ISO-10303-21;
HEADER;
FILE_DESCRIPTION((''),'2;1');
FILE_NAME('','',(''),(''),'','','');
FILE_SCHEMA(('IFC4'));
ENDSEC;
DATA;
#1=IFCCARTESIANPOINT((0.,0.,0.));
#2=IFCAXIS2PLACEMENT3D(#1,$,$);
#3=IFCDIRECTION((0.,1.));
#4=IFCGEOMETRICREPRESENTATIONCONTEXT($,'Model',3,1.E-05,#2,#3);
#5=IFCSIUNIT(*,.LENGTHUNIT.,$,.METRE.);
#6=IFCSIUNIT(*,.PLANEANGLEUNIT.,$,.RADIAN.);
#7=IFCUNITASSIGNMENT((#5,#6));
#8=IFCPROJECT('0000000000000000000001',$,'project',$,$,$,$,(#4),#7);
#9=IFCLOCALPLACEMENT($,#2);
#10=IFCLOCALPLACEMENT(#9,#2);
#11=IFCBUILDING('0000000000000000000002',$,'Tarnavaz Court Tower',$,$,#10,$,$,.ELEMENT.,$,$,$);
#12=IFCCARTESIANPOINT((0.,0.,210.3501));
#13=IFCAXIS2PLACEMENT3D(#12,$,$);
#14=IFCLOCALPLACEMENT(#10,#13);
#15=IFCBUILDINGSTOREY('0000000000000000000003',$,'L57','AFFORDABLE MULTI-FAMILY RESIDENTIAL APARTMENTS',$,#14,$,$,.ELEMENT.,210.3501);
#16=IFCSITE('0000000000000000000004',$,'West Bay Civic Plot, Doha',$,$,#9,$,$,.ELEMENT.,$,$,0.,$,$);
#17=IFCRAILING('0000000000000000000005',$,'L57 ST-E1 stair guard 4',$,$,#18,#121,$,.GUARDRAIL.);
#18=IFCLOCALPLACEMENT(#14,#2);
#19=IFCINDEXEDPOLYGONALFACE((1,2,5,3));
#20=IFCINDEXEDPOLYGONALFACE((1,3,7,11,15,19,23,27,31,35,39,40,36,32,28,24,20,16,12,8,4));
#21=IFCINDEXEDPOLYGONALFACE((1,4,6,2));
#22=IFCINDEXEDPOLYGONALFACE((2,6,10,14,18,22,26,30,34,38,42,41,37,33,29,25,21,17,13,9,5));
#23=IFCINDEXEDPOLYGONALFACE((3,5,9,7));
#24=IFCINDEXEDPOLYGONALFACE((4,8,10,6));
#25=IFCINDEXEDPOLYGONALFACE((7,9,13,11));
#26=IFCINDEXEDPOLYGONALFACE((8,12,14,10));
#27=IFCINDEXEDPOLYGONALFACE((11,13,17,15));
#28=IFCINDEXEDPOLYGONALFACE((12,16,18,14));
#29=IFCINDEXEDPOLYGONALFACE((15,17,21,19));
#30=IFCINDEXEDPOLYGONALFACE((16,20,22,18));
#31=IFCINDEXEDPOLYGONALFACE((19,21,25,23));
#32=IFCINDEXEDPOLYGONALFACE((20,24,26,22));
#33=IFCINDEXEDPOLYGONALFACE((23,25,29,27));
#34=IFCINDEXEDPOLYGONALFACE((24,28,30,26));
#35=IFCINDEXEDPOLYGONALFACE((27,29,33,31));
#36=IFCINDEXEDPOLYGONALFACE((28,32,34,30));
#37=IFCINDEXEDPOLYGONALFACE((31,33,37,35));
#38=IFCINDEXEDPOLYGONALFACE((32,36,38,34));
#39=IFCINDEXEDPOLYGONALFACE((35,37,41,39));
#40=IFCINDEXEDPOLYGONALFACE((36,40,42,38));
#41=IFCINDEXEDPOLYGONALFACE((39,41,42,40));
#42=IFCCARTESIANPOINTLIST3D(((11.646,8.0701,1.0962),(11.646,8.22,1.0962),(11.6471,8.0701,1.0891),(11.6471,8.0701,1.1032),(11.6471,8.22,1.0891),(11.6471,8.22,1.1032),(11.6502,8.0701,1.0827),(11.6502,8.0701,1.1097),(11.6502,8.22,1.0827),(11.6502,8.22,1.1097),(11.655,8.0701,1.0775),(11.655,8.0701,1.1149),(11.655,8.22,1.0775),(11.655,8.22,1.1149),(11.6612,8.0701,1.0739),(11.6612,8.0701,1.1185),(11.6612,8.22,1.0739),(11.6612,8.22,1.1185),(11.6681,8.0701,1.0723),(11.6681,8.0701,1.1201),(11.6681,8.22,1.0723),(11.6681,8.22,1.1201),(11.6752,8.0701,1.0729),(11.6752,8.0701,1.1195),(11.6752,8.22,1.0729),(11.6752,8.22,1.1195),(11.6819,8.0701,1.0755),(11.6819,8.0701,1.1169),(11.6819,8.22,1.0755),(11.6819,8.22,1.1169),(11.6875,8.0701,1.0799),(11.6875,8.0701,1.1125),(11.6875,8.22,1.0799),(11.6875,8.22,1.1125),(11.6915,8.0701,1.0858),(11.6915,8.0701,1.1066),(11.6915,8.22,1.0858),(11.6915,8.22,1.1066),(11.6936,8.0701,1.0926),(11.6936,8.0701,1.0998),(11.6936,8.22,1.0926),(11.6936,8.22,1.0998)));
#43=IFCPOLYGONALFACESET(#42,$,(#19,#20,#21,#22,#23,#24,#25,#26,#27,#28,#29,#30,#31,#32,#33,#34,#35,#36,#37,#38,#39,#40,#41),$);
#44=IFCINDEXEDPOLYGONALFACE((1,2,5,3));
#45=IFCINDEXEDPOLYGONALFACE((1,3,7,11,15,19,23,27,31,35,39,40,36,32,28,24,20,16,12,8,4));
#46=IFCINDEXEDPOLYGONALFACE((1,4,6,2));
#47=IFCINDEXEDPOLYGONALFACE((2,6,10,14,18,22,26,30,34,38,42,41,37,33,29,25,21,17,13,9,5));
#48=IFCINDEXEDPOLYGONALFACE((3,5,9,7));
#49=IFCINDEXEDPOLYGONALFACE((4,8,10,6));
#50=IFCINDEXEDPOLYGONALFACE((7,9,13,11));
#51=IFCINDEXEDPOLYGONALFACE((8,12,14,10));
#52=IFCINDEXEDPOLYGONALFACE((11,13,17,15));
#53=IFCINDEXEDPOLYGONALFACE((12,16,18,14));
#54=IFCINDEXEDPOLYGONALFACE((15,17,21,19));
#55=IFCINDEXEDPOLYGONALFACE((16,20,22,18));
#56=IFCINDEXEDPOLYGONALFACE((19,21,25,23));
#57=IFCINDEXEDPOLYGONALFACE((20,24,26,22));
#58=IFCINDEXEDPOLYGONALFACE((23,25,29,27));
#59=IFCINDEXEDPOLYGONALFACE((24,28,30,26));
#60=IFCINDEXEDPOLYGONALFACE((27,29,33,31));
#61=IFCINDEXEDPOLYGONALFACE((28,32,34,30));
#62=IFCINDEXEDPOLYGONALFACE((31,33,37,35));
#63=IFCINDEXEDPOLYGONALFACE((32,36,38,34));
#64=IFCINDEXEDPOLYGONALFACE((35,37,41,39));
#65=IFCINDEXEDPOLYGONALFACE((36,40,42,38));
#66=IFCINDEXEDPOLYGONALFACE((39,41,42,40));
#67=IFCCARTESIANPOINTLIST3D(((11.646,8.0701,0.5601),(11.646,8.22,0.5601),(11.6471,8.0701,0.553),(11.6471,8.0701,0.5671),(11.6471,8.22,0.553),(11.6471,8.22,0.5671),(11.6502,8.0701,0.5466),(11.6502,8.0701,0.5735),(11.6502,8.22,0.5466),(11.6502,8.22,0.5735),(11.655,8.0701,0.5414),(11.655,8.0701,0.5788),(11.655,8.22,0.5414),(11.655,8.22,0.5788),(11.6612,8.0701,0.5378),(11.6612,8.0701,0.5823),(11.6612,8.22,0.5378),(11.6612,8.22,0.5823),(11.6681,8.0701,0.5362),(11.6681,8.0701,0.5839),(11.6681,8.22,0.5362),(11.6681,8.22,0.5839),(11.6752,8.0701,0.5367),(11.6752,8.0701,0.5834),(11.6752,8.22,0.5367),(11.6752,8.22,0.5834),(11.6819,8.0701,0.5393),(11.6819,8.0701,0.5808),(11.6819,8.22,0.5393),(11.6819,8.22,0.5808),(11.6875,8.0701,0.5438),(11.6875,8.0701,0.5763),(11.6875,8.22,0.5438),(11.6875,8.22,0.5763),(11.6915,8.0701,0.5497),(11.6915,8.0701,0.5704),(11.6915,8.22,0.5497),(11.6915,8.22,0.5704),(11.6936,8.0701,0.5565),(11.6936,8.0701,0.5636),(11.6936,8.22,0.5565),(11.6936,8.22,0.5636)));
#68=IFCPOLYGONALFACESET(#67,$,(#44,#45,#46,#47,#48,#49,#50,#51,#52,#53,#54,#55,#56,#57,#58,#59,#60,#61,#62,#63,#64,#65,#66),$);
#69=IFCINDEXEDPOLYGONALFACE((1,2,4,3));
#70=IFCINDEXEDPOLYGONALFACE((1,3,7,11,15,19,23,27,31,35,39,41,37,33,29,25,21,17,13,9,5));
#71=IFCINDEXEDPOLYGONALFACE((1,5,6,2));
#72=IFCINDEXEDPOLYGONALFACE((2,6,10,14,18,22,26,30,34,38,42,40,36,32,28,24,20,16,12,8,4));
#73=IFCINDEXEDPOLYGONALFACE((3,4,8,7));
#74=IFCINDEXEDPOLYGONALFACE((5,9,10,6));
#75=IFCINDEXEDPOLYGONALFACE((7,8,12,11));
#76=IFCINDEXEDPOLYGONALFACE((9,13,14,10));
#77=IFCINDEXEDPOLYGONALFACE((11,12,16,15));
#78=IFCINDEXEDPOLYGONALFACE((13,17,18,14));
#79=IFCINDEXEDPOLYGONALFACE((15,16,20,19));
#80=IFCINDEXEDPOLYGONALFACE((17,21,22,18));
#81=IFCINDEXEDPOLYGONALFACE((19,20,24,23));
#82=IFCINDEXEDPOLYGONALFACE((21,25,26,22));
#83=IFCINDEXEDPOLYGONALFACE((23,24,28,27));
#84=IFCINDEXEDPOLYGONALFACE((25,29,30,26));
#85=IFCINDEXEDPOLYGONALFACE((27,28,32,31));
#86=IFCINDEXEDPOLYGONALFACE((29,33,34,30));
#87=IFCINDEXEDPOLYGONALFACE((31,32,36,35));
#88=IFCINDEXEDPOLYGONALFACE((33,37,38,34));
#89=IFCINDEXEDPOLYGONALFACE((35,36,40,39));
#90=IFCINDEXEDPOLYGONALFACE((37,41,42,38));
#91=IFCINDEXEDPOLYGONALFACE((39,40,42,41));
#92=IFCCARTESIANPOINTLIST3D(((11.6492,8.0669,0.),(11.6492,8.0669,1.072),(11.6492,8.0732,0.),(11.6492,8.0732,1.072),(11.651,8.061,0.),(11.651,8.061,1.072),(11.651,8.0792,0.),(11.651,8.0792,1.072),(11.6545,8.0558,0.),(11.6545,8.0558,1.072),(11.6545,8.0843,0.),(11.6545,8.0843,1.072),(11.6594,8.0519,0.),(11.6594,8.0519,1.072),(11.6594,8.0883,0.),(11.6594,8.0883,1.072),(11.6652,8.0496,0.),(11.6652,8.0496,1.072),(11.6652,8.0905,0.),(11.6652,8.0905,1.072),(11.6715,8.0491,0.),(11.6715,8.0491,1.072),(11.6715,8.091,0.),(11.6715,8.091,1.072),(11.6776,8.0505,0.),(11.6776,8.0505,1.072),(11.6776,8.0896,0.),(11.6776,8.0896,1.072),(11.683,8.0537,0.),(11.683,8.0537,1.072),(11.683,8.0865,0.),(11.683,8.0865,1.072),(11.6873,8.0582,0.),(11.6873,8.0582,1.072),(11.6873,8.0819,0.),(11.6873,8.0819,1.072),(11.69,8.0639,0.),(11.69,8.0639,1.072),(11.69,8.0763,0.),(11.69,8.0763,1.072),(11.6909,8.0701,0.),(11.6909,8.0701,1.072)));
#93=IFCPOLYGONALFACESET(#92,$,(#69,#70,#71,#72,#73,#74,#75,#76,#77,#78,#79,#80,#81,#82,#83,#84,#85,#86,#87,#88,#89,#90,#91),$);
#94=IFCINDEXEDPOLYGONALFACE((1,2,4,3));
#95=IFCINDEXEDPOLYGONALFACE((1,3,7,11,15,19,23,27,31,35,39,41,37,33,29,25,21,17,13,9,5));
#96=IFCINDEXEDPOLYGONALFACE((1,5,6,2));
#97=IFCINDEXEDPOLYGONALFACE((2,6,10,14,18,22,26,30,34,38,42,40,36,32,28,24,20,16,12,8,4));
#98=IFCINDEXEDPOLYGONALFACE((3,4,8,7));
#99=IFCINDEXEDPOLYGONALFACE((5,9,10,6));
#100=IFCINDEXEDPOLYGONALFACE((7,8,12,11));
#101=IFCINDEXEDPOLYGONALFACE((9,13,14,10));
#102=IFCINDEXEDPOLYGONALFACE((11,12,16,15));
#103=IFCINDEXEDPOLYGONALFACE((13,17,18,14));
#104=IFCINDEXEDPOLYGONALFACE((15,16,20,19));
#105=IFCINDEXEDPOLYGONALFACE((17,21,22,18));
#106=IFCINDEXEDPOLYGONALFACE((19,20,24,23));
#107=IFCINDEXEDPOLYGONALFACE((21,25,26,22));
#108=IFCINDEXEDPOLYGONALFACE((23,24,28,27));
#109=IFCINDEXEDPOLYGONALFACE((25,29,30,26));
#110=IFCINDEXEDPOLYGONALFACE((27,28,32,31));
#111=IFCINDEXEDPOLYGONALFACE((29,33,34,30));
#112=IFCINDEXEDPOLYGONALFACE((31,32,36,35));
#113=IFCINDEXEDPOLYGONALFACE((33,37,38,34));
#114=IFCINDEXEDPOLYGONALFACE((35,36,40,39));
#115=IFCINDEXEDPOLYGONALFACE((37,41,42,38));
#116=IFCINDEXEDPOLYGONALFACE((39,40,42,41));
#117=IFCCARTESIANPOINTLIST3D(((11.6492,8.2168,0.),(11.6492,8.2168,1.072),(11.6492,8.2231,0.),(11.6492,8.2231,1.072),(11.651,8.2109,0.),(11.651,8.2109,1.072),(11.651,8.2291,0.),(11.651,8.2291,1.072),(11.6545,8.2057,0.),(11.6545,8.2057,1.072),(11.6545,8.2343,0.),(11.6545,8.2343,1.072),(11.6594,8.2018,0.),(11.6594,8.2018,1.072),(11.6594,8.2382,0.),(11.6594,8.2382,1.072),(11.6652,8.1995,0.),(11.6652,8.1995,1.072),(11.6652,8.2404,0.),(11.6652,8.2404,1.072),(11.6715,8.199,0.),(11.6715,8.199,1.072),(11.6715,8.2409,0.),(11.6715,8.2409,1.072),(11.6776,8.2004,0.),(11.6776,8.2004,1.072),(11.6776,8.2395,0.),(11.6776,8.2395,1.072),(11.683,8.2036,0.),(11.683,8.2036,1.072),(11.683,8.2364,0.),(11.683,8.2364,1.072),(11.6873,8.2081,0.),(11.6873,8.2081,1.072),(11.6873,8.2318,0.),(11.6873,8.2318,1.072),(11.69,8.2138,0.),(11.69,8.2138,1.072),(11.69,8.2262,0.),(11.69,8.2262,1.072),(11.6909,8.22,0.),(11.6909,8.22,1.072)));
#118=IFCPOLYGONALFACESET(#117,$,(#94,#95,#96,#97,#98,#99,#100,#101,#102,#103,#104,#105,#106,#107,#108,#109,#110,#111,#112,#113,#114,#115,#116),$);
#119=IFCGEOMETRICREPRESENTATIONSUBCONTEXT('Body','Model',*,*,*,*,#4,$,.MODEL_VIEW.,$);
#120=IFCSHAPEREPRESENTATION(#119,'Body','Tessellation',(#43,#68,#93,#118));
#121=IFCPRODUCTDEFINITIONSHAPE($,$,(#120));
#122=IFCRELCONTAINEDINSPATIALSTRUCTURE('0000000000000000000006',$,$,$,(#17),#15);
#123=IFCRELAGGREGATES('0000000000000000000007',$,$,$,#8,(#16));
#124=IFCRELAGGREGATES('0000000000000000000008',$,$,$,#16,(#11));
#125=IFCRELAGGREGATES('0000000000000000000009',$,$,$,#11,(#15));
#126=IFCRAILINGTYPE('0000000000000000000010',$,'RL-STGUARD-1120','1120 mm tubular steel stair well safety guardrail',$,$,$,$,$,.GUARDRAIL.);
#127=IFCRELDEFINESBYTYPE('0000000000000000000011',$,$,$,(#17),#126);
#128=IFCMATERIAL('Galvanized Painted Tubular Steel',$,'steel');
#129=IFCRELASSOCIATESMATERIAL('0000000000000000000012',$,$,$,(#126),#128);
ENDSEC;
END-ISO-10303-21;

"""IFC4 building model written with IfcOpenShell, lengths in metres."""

from ifc_helpers import new_model, si_unit, direction, frame, origin, origin_2d, place, context, subcontext, project, spatial, circle, extrude, material, type_object, element, save


model = new_model("IFC4")

# Units and contexts
model_context = context("Model", 3, precision=1e-05, world=origin(), true_north=direction((0.0, 1.0)))
body_context = subcontext(model_context, "Body", "Model", "MODEL_VIEW")
ifc_project = project(units=[si_unit("LENGTHUNIT", "METRE"), si_unit("PLANEANGLEUNIT", "RADIAN")], contexts=[model_context])

# Site, building, storey
site_placement = place(None, origin())
site = spatial("IfcSite", under=ifc_project, at=site_placement, Name="West Bay Civic Plot, Doha", CompositionType="ELEMENT", RefElevation=0.0)
building_placement = place(site_placement, origin())
building = spatial("IfcBuilding", under=site, at=building_placement, Name="Tarnavaz Court Tower", CompositionType="ELEMENT")
storey_placement = place(building_placement, frame((0.0, 0.0, 210.3501)))
storey = spatial("IfcBuildingStorey", under=building, at=storey_placement, Name="L57", Description="AFFORDABLE MULTI-FAMILY RESIDENTIAL APARTMENTS", CompositionType="ELEMENT", Elevation=210.3501)

# Railing
ifc_material_1 = material(Name="Galvanized Painted Tubular Steel", Category="steel")
railing_type_1 = type_object("IfcRailingType", Name="RL-STGUARD-1120", Description="1120 mm tubular steel stair well safety guardrail", PredefinedType="GUARDRAIL", material=ifc_material_1)
railing_1_placement = place(storey_placement, frame((11.6699, 8.0701, 0.0)))
element("IfcRailing", 1, at=railing_1_placement, inside=storey, type_object=railing_type_1, Name="L57 ST-E1 stair guard 4", PredefinedType="GUARDRAIL", context=body_context, shape_type="SweptSolid", body=[
    extrude(circle(Radius=0.0239, at=origin_2d()), frame((0.0, 0.0, 1.0962), z_axis=(0.0, 1.0, 0.0), x_axis=(-1.0, 0.0, 0.0)), (0.0, 0.0, 1.0), 0.1499),
    extrude(circle(Radius=0.0239, at=origin_2d()), frame((0.0, 0.0, 0.5601), z_axis=(0.0, 1.0, 0.0), x_axis=(-1.0, 0.0, 0.0)), (0.0, 0.0, 1.0), 0.1499),
    extrude(circle(Radius=0.021, at=origin_2d()), origin(), (0.0, 0.0, 1.0), 1.072),
    extrude(circle(Radius=0.021, at=origin_2d()), frame((0.0, 0.1499, 0.0)), (0.0, 0.0, 1.0), 1.072),
])

save(model, "model.ifc")
